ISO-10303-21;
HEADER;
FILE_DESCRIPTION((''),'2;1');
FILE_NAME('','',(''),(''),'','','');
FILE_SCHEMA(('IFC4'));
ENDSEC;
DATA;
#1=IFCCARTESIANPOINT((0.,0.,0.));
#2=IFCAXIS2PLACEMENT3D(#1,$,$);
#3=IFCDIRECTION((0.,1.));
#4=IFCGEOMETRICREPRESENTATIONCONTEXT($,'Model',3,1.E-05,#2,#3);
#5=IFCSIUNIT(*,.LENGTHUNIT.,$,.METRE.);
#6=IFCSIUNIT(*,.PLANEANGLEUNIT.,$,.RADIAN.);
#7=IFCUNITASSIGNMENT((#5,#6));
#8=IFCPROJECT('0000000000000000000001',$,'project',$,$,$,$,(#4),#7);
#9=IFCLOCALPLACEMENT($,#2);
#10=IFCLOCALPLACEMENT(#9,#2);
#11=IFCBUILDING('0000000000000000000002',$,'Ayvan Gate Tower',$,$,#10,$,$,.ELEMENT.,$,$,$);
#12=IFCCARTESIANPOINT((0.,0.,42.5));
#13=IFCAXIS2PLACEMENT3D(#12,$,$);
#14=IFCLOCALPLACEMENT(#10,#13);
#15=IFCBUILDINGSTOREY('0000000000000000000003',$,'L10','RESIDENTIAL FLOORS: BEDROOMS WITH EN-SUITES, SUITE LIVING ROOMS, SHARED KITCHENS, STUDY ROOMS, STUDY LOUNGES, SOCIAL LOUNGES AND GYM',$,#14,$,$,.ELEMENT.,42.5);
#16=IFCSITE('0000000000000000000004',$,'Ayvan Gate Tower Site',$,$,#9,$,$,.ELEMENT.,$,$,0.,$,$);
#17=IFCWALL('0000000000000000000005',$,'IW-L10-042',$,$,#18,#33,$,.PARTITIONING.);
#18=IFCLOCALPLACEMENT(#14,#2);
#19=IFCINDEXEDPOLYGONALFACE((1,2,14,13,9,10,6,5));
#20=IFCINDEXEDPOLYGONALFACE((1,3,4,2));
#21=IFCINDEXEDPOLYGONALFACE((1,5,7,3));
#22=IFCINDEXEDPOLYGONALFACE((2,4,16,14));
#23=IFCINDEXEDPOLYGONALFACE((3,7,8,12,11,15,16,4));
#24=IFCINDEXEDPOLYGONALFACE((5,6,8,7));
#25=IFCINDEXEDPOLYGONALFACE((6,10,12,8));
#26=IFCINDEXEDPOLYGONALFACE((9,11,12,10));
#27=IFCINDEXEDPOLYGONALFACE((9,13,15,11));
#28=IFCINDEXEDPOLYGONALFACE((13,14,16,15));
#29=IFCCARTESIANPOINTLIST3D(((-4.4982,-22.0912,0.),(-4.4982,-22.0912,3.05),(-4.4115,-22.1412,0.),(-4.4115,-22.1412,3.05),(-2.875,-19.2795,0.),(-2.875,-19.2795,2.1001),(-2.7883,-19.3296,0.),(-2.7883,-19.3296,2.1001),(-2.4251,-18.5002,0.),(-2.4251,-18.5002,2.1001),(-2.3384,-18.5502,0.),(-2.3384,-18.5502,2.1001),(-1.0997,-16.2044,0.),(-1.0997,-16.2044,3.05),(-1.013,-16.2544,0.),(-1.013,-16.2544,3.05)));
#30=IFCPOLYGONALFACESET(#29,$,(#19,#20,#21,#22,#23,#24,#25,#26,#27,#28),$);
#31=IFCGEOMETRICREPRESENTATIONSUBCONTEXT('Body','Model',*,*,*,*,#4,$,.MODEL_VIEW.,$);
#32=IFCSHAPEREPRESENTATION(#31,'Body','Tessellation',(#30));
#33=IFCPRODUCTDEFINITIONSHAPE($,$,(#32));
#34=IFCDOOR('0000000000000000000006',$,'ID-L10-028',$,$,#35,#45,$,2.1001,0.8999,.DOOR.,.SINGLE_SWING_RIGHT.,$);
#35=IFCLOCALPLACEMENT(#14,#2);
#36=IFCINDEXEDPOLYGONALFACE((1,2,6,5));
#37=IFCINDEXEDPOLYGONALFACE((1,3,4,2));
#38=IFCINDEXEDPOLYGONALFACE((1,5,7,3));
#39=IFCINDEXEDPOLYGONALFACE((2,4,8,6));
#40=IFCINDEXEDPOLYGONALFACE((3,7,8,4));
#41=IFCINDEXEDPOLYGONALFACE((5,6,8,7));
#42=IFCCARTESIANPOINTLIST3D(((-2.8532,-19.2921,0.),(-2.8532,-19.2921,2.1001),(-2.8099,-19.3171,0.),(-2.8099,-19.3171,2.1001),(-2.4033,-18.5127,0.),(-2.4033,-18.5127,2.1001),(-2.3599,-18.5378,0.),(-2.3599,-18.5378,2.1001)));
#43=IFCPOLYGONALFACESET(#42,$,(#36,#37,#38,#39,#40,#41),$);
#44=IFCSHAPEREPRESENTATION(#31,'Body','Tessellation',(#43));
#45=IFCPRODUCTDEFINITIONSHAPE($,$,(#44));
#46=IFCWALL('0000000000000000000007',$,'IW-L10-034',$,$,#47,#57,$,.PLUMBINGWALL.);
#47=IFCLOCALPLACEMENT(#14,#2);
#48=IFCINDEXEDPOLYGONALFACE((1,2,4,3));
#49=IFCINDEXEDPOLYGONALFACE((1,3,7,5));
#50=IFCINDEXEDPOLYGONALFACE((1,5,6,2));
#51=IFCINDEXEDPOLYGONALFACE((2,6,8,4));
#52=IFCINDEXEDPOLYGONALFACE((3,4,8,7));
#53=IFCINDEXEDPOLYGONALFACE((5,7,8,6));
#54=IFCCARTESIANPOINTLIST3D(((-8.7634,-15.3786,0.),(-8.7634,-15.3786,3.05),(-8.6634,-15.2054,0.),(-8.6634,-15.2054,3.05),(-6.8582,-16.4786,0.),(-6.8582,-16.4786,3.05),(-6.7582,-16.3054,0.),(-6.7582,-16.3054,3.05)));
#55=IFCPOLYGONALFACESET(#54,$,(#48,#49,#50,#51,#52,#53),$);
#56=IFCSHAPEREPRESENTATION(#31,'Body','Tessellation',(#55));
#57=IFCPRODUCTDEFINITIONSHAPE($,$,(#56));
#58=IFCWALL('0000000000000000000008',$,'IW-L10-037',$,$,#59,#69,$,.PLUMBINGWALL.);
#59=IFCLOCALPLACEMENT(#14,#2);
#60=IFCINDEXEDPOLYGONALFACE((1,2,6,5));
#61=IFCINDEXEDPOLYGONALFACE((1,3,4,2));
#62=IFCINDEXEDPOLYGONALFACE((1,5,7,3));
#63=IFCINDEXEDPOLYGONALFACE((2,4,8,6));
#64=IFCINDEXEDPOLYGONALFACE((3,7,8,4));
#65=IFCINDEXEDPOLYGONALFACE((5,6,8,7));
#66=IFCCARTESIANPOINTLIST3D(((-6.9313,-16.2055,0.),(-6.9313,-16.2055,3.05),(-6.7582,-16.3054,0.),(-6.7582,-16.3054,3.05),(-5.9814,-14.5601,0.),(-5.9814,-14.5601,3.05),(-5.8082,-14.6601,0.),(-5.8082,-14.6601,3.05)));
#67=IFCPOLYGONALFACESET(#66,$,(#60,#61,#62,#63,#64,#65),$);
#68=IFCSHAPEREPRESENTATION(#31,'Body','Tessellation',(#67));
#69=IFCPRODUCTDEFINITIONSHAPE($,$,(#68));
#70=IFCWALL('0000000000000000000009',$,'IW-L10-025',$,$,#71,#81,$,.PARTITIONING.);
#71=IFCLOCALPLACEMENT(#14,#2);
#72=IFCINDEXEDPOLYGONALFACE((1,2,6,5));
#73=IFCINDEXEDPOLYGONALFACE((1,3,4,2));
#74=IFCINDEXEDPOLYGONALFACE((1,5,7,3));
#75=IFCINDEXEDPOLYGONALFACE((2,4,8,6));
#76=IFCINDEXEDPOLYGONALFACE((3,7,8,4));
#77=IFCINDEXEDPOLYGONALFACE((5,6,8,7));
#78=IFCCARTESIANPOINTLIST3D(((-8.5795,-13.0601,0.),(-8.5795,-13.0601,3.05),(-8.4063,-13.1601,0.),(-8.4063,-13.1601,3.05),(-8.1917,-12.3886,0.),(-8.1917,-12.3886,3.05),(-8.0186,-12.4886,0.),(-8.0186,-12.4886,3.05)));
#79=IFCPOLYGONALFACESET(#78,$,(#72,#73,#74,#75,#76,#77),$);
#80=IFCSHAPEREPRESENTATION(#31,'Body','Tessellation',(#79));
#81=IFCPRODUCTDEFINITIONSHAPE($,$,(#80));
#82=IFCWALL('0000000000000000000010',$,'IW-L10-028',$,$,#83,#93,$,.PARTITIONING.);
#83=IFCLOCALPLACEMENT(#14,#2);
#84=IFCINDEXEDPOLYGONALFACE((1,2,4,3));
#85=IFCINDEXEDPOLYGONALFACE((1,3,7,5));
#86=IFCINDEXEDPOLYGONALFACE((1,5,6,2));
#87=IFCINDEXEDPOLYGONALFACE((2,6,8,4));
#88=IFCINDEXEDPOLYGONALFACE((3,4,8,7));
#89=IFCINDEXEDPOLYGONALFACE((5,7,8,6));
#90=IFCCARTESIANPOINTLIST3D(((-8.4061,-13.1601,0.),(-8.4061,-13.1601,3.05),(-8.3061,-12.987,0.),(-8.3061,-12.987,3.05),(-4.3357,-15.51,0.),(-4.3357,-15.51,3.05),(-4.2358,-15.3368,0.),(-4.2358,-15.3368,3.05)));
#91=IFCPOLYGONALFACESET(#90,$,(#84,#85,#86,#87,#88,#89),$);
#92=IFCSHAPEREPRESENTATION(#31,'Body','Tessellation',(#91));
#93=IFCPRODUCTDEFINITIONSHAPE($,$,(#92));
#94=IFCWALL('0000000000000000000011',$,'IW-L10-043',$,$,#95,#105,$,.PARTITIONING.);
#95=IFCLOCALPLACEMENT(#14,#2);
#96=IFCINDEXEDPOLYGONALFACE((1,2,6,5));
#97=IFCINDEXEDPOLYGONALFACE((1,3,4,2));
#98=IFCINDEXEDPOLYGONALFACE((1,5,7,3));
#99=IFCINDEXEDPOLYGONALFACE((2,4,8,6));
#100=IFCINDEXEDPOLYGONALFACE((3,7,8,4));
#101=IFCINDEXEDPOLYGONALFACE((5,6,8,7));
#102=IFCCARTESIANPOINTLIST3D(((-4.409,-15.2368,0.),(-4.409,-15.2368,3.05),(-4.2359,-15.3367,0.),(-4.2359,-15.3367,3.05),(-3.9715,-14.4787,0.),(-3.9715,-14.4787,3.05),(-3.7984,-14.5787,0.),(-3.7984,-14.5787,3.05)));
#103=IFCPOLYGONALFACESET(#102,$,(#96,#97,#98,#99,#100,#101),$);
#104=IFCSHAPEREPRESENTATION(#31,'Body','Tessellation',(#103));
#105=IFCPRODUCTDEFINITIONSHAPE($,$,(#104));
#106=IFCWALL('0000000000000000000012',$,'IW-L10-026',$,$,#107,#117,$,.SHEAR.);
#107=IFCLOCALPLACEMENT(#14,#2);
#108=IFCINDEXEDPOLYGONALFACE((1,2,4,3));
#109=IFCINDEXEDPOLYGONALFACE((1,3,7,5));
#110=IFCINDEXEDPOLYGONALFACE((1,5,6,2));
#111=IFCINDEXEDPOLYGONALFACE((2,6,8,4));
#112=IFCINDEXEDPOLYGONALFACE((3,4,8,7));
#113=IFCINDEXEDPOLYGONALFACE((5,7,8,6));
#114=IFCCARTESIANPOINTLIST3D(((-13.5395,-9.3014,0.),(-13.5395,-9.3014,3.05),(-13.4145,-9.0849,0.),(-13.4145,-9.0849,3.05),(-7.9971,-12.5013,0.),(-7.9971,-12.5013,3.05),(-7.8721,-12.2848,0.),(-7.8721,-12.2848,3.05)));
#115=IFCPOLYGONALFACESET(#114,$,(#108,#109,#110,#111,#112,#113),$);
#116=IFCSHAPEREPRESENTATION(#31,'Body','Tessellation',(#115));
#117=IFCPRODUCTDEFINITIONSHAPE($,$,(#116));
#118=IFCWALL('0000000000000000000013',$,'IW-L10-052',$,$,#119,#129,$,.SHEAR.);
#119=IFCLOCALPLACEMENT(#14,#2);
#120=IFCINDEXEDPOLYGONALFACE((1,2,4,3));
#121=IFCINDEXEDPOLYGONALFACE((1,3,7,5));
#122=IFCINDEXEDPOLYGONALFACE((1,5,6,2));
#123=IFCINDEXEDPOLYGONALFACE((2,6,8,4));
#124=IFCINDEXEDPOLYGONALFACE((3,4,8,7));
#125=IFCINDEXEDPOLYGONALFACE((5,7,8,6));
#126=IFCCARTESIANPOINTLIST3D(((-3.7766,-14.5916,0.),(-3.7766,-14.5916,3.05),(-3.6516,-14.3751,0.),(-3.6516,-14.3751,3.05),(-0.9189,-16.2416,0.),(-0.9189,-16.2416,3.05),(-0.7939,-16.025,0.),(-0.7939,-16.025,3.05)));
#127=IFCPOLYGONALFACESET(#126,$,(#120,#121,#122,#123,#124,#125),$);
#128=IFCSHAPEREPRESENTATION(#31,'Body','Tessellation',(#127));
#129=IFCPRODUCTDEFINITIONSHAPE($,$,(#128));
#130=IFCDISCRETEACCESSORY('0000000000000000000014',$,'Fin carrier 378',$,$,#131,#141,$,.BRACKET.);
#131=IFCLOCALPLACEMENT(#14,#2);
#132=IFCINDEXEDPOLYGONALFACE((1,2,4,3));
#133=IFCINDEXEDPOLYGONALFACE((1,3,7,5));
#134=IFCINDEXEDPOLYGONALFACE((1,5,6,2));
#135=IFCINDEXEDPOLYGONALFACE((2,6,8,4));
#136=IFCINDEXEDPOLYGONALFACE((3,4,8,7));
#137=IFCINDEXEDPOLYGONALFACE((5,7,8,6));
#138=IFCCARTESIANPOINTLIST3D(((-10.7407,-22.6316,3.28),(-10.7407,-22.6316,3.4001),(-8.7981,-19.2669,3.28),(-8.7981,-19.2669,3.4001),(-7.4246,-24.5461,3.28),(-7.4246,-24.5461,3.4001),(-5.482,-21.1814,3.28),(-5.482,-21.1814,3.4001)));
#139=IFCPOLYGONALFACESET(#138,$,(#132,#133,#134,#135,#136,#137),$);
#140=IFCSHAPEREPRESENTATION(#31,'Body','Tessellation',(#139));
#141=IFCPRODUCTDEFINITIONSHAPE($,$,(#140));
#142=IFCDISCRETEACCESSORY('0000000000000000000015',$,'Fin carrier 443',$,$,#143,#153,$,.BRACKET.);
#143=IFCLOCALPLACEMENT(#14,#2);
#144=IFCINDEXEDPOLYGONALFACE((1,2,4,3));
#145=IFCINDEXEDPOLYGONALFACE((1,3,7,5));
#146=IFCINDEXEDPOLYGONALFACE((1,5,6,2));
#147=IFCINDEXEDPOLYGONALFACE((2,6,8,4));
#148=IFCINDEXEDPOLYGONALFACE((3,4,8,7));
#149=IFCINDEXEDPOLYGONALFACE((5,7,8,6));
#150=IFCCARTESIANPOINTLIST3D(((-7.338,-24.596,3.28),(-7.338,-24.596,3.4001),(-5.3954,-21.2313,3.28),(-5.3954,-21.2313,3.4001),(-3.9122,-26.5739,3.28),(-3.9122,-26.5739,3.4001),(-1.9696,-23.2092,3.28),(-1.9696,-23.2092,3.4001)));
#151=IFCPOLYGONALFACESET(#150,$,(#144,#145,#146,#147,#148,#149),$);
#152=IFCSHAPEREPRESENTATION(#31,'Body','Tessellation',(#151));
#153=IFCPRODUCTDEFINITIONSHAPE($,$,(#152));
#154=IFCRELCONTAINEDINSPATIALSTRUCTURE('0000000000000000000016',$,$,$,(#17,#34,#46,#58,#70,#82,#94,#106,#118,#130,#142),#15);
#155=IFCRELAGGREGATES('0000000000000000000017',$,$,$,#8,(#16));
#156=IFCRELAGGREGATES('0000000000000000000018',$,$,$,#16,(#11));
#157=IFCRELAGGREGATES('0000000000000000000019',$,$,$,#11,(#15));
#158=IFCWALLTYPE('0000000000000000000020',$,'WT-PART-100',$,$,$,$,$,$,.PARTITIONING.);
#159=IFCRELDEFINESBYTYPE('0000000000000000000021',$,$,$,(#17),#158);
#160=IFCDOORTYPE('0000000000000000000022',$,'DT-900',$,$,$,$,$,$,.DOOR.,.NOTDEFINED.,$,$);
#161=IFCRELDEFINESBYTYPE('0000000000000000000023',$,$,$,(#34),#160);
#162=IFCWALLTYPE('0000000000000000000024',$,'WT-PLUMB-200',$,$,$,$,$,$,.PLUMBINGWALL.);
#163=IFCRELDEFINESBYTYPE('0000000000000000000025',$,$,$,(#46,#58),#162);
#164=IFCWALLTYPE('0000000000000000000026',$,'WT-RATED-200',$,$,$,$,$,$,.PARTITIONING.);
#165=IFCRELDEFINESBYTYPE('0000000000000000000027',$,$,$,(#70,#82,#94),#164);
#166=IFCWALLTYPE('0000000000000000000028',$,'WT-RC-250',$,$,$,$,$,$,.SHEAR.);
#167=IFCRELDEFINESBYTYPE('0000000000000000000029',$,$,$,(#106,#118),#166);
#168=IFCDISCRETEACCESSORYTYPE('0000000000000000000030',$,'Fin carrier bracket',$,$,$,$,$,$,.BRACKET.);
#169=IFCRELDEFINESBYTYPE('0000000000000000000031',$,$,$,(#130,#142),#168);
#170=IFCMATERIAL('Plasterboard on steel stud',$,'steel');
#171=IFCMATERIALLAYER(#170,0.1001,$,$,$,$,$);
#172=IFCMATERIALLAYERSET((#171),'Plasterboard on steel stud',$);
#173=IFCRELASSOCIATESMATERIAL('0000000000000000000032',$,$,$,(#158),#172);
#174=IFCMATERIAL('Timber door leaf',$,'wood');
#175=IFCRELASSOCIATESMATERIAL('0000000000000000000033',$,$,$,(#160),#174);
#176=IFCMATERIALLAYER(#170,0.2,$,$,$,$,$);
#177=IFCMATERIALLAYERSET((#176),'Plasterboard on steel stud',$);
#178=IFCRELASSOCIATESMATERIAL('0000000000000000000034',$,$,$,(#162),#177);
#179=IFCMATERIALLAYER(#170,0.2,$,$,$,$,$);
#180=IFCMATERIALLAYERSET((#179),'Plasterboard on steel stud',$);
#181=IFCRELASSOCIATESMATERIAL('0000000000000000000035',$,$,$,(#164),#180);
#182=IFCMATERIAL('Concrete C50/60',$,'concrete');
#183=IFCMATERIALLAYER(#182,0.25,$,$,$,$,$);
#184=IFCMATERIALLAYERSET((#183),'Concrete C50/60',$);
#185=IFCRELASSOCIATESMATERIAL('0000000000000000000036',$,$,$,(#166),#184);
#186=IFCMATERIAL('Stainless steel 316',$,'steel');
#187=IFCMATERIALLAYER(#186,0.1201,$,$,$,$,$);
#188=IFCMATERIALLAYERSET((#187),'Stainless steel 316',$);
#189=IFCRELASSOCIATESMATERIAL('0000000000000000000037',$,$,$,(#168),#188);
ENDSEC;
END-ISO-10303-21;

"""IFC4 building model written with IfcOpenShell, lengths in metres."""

from ifc_helpers import new_model, si_unit, direction, frame, frame_2d, origin, origin_2d, place, context, subcontext, project, spatial, rectangle, extrude, material, layer, layer_set, type_object, element, fill, save


model = new_model("IFC4")

# Units and contexts
model_context = context("Model", 3, precision=1e-05, world=origin(), true_north=direction((0.0, 1.0)))
body_context = subcontext(model_context, "Body", "Model", "MODEL_VIEW")
ifc_project = project(units=[si_unit("LENGTHUNIT", "METRE"), si_unit("PLANEANGLEUNIT", "RADIAN")], contexts=[model_context])

# Site, building, storey
site_placement = place(None, origin())
site = spatial("IfcSite", under=ifc_project, at=site_placement, Name="Ayvan Gate Tower Site", CompositionType="ELEMENT", RefElevation=0.0)
building_placement = place(site_placement, origin())
building = spatial("IfcBuilding", under=site, at=building_placement, Name="Ayvan Gate Tower", CompositionType="ELEMENT")
storey_placement = place(building_placement, frame((0.0, 0.0, 42.5)))
storey = spatial("IfcBuildingStorey", under=building, at=storey_placement, Name="L10", Description="RESIDENTIAL FLOORS: BEDROOMS WITH EN-SUITES, SUITE LIVING ROOMS, SHARED KITCHENS, STUDY ROOMS, STUDY LOUNGES, SOCIAL LOUNGES AND GYM", CompositionType="ELEMENT", Elevation=42.5)

# Wall, opening, door
ifc_material_1 = material(Name="Plasterboard on steel stud", Category="steel")
ifc_layer_1 = layer(ifc_material_1, 0.1001)
ifc_layer_set_1 = layer_set([ifc_layer_1], Name="Plasterboard on steel stud")
wall_type_1 = type_object("IfcWallType", Name="WT-PART-100", PredefinedType="PARTITIONING", material=ifc_layer_set_1)
wall_1_placement = place(storey_placement, frame((-4.4548, -22.1162, 0.0), z_axis=(0.0, 0.0, 1.0), x_axis=(0.499971, 0.866042, 0.0)))
wall_1 = element("IfcWall", 1, at=wall_1_placement, inside=storey, type_object=wall_type_1, Name="IW-L10-042", PredefinedType="PARTITIONING", context=body_context, shape_type="SweptSolid", body=[
    extrude(rectangle(XDim=6.7974, YDim=0.1001, at=frame_2d((3.3987, 0.0))), origin(), (0.0, 0.0, 1.0), 3.05),
])
opening_placement = place(wall_1_placement, frame((3.2466, 0.0, 0.0)))
opening = element("IfcOpeningElement", 2, at=opening_placement, cuts=wall_1, PredefinedType="OPENING", context=body_context, shape_type="SweptSolid", body=[
    extrude(rectangle(XDim=0.8999, YDim=2.1001, at=frame_2d((0.45, 1.05))), frame((0.0, 0.0601, 0.0), z_axis=(0.0, -1.0, 0.0), x_axis=(1.0, 0.0, 0.0)), (0.0, 0.0, 1.0), 0.1201),
])
ifc_material_2 = material(Name="Timber door leaf", Category="wood")
door_type = type_object("IfcDoorType", Name="DT-900", OperationType="NOTDEFINED", PredefinedType="DOOR", material=ifc_material_2)
door_placement = place(opening_placement, origin())
door = element("IfcDoor", 3, at=door_placement, inside=storey, type_object=door_type, Name="ID-L10-028", OperationType="SINGLE_SWING_RIGHT", OverallHeight=2.1001, OverallWidth=0.8999, PredefinedType="DOOR", context=body_context, shape_type="SweptSolid", body=[
    extrude(rectangle(XDim=0.8999, YDim=2.1001, at=frame_2d((0.45, 1.05))), frame((0.0, 0.0249, 0.0), z_axis=(0.0, -1.0, 0.0), x_axis=(1.0, 0.0, 0.0)), (0.0, 0.0, 1.0), 0.05),
])
fill(opening, door)

# Walls
ifc_layer_2 = layer(ifc_material_1, 0.2)
ifc_layer_set_2 = layer_set([ifc_layer_2], Name="Plasterboard on steel stud")
wall_type_2 = type_object("IfcWallType", Name="WT-PLUMB-200", PredefinedType="PLUMBINGWALL", material=ifc_layer_set_2)
wall_2_placement = place(storey_placement, frame((-6.8081, -16.3921, 0.0), z_axis=(0.0, 0.0, 1.0), x_axis=(-0.866008, 0.50003, 0.0)))
element("IfcWall", 4, at=wall_2_placement, inside=storey, type_object=wall_type_2, Name="IW-L10-034", PredefinedType="PLUMBINGWALL", context=body_context, shape_type="SweptSolid", body=[
    extrude(rectangle(XDim=2.2, YDim=0.2, at=frame_2d((1.1001, 0.0))), origin(), (0.0, 0.0, 1.0), 3.05),
])
wall_3_placement = place(storey_placement, frame((-5.8948, -14.6101, 0.0), z_axis=(0.0, 0.0, 1.0), x_axis=(-0.500023, -0.866012, 0.0)))
element("IfcWall", 5, at=wall_3_placement, inside=storey, type_object=wall_type_2, Name="IW-L10-037", PredefinedType="PLUMBINGWALL", context=body_context, shape_type="SweptSolid", body=[
    extrude(rectangle(XDim=1.8999, YDim=0.2, at=frame_2d((0.95, 0.0))), origin(), (0.0, 0.0, 1.0), 3.05),
])
ifc_layer_3 = layer(ifc_material_1, 0.2)
ifc_layer_set_3 = layer_set([ifc_layer_3], Name="Plasterboard on steel stud")
wall_type_3 = type_object("IfcWallType", Name="WT-RATED-200", PredefinedType="PARTITIONING", material=ifc_layer_set_3)
wall_4_placement = place(storey_placement, frame((-8.4929, -13.1101, 0.0), z_axis=(0.0, 0.0, 1.0), x_axis=(0.500068, 0.865986, 0.0)))
element("IfcWall", 6, at=wall_4_placement, inside=storey, type_object=wall_type_3, Name="IW-L10-025", PredefinedType="PARTITIONING", context=body_context, shape_type="SweptSolid", body=[
    extrude(rectangle(XDim=0.7754, YDim=0.2, at=frame_2d((0.3877, 0.0))), origin(), (0.0, 0.0, 1.0), 3.05),
])
wall_5_placement = place(storey_placement, frame((-8.3562, -13.0735, 0.0), z_axis=(0.0, 0.0, 1.0), x_axis=(0.866039, -0.499977, 0.0)))
element("IfcWall", 7, at=wall_5_placement, inside=storey, type_object=wall_type_3, Name="IW-L10-028", PredefinedType="PARTITIONING", context=body_context, shape_type="SweptSolid", body=[
    extrude(rectangle(XDim=4.7, YDim=0.2, at=frame_2d((2.3501, 0.0))), origin(), (0.0, 0.0, 1.0), 3.05),
])
wall_6_placement = place(storey_placement, frame((-3.885, -14.5288, 0.0), z_axis=(0.0, 0.0, 1.0), x_axis=(-0.499859, -0.866107, 0.0)))
element("IfcWall", 8, at=wall_6_placement, inside=storey, type_object=wall_type_3, Name="IW-L10-043", PredefinedType="PARTITIONING", context=body_context, shape_type="SweptSolid", body=[
    extrude(rectangle(XDim=0.8752, YDim=0.2, at=frame_2d((0.4375, 0.0))), origin(), (0.0, 0.0, 1.0), 3.05),
])
ifc_material_3 = material(Name="Concrete C50/60", Category="concrete")
ifc_layer_4 = layer(ifc_material_3, 0.25)
ifc_layer_set_4 = layer_set([ifc_layer_4], Name="Concrete C50/60")
wall_type_4 = type_object("IfcWallType", Name="WT-RC-250", PredefinedType="SHEAR", material=ifc_layer_set_4)
wall_7_placement = place(storey_placement, frame((-7.9346, -12.3931, 0.0), z_axis=(0.0, 0.0, 1.0), x_axis=(-0.866025, 0.5, 0.0)))
element("IfcWall", 9, at=wall_7_placement, inside=storey, type_object=wall_type_4, Name="IW-L10-026", PredefinedType="SHEAR", context=body_context, shape_type="SweptSolid", body=[
    extrude(rectangle(XDim=6.3999, YDim=0.25, at=frame_2d((3.2, 0.0))), origin(), (0.0, 0.0, 1.0), 3.05),
])
wall_8_placement = place(storey_placement, frame((-0.8564, -16.1333, 0.0), z_axis=(0.0, 0.0, 1.0), x_axis=(-0.866022, 0.500006, 0.0)))
element("IfcWall", 10, at=wall_8_placement, inside=storey, type_object=wall_type_4, Name="IW-L10-052", PredefinedType="SHEAR", context=body_context, shape_type="SweptSolid", body=[
    extrude(rectangle(XDim=3.2998, YDim=0.25, at=frame_2d((1.6499, 0.0))), origin(), (0.0, 0.0, 1.0), 3.05),
])

# Discrete accessories
ifc_material_4 = material(Name="Stainless steel 316", Category="steel")
ifc_layer_5 = layer(ifc_material_4, 0.1201)
ifc_layer_set_5 = layer_set([ifc_layer_5], Name="Stainless steel 316")
discrete_accessory_type = type_object("IfcDiscreteAccessoryType", Name="Fin carrier bracket", PredefinedType="BRACKET", material=ifc_layer_set_5)
discrete_accessory_1_placement = place(storey_placement, frame((-8.1113, -21.9065, 3.28), z_axis=(0.0, 0.0, 1.0), x_axis=(0.866025, -0.5, 0.0)))
element("IfcDiscreteAccessory", 11, at=discrete_accessory_1_placement, inside=storey, type_object=discrete_accessory_type, Name="Fin carrier 378", PredefinedType="BRACKET", context=body_context, shape_type="SweptSolid", body=[
    extrude(rectangle(XDim=3.8291, YDim=3.8853, at=origin_2d()), origin(), (0.0, 0.0, 1.0), 0.1201),
])
discrete_accessory_2_placement = place(storey_placement, frame((-4.6538, -23.9026, 3.28), z_axis=(0.0, 0.0, 1.0), x_axis=(0.866025, -0.5, 0.0)))
element("IfcDiscreteAccessory", 12, at=discrete_accessory_2_placement, inside=storey, type_object=discrete_accessory_type, Name="Fin carrier 443", PredefinedType="BRACKET", context=body_context, shape_type="SweptSolid", body=[
    extrude(rectangle(XDim=3.9558, YDim=3.8853, at=origin_2d()), origin(), (0.0, 0.0, 1.0), 0.1201),
])

save(model, "model.ifc")
